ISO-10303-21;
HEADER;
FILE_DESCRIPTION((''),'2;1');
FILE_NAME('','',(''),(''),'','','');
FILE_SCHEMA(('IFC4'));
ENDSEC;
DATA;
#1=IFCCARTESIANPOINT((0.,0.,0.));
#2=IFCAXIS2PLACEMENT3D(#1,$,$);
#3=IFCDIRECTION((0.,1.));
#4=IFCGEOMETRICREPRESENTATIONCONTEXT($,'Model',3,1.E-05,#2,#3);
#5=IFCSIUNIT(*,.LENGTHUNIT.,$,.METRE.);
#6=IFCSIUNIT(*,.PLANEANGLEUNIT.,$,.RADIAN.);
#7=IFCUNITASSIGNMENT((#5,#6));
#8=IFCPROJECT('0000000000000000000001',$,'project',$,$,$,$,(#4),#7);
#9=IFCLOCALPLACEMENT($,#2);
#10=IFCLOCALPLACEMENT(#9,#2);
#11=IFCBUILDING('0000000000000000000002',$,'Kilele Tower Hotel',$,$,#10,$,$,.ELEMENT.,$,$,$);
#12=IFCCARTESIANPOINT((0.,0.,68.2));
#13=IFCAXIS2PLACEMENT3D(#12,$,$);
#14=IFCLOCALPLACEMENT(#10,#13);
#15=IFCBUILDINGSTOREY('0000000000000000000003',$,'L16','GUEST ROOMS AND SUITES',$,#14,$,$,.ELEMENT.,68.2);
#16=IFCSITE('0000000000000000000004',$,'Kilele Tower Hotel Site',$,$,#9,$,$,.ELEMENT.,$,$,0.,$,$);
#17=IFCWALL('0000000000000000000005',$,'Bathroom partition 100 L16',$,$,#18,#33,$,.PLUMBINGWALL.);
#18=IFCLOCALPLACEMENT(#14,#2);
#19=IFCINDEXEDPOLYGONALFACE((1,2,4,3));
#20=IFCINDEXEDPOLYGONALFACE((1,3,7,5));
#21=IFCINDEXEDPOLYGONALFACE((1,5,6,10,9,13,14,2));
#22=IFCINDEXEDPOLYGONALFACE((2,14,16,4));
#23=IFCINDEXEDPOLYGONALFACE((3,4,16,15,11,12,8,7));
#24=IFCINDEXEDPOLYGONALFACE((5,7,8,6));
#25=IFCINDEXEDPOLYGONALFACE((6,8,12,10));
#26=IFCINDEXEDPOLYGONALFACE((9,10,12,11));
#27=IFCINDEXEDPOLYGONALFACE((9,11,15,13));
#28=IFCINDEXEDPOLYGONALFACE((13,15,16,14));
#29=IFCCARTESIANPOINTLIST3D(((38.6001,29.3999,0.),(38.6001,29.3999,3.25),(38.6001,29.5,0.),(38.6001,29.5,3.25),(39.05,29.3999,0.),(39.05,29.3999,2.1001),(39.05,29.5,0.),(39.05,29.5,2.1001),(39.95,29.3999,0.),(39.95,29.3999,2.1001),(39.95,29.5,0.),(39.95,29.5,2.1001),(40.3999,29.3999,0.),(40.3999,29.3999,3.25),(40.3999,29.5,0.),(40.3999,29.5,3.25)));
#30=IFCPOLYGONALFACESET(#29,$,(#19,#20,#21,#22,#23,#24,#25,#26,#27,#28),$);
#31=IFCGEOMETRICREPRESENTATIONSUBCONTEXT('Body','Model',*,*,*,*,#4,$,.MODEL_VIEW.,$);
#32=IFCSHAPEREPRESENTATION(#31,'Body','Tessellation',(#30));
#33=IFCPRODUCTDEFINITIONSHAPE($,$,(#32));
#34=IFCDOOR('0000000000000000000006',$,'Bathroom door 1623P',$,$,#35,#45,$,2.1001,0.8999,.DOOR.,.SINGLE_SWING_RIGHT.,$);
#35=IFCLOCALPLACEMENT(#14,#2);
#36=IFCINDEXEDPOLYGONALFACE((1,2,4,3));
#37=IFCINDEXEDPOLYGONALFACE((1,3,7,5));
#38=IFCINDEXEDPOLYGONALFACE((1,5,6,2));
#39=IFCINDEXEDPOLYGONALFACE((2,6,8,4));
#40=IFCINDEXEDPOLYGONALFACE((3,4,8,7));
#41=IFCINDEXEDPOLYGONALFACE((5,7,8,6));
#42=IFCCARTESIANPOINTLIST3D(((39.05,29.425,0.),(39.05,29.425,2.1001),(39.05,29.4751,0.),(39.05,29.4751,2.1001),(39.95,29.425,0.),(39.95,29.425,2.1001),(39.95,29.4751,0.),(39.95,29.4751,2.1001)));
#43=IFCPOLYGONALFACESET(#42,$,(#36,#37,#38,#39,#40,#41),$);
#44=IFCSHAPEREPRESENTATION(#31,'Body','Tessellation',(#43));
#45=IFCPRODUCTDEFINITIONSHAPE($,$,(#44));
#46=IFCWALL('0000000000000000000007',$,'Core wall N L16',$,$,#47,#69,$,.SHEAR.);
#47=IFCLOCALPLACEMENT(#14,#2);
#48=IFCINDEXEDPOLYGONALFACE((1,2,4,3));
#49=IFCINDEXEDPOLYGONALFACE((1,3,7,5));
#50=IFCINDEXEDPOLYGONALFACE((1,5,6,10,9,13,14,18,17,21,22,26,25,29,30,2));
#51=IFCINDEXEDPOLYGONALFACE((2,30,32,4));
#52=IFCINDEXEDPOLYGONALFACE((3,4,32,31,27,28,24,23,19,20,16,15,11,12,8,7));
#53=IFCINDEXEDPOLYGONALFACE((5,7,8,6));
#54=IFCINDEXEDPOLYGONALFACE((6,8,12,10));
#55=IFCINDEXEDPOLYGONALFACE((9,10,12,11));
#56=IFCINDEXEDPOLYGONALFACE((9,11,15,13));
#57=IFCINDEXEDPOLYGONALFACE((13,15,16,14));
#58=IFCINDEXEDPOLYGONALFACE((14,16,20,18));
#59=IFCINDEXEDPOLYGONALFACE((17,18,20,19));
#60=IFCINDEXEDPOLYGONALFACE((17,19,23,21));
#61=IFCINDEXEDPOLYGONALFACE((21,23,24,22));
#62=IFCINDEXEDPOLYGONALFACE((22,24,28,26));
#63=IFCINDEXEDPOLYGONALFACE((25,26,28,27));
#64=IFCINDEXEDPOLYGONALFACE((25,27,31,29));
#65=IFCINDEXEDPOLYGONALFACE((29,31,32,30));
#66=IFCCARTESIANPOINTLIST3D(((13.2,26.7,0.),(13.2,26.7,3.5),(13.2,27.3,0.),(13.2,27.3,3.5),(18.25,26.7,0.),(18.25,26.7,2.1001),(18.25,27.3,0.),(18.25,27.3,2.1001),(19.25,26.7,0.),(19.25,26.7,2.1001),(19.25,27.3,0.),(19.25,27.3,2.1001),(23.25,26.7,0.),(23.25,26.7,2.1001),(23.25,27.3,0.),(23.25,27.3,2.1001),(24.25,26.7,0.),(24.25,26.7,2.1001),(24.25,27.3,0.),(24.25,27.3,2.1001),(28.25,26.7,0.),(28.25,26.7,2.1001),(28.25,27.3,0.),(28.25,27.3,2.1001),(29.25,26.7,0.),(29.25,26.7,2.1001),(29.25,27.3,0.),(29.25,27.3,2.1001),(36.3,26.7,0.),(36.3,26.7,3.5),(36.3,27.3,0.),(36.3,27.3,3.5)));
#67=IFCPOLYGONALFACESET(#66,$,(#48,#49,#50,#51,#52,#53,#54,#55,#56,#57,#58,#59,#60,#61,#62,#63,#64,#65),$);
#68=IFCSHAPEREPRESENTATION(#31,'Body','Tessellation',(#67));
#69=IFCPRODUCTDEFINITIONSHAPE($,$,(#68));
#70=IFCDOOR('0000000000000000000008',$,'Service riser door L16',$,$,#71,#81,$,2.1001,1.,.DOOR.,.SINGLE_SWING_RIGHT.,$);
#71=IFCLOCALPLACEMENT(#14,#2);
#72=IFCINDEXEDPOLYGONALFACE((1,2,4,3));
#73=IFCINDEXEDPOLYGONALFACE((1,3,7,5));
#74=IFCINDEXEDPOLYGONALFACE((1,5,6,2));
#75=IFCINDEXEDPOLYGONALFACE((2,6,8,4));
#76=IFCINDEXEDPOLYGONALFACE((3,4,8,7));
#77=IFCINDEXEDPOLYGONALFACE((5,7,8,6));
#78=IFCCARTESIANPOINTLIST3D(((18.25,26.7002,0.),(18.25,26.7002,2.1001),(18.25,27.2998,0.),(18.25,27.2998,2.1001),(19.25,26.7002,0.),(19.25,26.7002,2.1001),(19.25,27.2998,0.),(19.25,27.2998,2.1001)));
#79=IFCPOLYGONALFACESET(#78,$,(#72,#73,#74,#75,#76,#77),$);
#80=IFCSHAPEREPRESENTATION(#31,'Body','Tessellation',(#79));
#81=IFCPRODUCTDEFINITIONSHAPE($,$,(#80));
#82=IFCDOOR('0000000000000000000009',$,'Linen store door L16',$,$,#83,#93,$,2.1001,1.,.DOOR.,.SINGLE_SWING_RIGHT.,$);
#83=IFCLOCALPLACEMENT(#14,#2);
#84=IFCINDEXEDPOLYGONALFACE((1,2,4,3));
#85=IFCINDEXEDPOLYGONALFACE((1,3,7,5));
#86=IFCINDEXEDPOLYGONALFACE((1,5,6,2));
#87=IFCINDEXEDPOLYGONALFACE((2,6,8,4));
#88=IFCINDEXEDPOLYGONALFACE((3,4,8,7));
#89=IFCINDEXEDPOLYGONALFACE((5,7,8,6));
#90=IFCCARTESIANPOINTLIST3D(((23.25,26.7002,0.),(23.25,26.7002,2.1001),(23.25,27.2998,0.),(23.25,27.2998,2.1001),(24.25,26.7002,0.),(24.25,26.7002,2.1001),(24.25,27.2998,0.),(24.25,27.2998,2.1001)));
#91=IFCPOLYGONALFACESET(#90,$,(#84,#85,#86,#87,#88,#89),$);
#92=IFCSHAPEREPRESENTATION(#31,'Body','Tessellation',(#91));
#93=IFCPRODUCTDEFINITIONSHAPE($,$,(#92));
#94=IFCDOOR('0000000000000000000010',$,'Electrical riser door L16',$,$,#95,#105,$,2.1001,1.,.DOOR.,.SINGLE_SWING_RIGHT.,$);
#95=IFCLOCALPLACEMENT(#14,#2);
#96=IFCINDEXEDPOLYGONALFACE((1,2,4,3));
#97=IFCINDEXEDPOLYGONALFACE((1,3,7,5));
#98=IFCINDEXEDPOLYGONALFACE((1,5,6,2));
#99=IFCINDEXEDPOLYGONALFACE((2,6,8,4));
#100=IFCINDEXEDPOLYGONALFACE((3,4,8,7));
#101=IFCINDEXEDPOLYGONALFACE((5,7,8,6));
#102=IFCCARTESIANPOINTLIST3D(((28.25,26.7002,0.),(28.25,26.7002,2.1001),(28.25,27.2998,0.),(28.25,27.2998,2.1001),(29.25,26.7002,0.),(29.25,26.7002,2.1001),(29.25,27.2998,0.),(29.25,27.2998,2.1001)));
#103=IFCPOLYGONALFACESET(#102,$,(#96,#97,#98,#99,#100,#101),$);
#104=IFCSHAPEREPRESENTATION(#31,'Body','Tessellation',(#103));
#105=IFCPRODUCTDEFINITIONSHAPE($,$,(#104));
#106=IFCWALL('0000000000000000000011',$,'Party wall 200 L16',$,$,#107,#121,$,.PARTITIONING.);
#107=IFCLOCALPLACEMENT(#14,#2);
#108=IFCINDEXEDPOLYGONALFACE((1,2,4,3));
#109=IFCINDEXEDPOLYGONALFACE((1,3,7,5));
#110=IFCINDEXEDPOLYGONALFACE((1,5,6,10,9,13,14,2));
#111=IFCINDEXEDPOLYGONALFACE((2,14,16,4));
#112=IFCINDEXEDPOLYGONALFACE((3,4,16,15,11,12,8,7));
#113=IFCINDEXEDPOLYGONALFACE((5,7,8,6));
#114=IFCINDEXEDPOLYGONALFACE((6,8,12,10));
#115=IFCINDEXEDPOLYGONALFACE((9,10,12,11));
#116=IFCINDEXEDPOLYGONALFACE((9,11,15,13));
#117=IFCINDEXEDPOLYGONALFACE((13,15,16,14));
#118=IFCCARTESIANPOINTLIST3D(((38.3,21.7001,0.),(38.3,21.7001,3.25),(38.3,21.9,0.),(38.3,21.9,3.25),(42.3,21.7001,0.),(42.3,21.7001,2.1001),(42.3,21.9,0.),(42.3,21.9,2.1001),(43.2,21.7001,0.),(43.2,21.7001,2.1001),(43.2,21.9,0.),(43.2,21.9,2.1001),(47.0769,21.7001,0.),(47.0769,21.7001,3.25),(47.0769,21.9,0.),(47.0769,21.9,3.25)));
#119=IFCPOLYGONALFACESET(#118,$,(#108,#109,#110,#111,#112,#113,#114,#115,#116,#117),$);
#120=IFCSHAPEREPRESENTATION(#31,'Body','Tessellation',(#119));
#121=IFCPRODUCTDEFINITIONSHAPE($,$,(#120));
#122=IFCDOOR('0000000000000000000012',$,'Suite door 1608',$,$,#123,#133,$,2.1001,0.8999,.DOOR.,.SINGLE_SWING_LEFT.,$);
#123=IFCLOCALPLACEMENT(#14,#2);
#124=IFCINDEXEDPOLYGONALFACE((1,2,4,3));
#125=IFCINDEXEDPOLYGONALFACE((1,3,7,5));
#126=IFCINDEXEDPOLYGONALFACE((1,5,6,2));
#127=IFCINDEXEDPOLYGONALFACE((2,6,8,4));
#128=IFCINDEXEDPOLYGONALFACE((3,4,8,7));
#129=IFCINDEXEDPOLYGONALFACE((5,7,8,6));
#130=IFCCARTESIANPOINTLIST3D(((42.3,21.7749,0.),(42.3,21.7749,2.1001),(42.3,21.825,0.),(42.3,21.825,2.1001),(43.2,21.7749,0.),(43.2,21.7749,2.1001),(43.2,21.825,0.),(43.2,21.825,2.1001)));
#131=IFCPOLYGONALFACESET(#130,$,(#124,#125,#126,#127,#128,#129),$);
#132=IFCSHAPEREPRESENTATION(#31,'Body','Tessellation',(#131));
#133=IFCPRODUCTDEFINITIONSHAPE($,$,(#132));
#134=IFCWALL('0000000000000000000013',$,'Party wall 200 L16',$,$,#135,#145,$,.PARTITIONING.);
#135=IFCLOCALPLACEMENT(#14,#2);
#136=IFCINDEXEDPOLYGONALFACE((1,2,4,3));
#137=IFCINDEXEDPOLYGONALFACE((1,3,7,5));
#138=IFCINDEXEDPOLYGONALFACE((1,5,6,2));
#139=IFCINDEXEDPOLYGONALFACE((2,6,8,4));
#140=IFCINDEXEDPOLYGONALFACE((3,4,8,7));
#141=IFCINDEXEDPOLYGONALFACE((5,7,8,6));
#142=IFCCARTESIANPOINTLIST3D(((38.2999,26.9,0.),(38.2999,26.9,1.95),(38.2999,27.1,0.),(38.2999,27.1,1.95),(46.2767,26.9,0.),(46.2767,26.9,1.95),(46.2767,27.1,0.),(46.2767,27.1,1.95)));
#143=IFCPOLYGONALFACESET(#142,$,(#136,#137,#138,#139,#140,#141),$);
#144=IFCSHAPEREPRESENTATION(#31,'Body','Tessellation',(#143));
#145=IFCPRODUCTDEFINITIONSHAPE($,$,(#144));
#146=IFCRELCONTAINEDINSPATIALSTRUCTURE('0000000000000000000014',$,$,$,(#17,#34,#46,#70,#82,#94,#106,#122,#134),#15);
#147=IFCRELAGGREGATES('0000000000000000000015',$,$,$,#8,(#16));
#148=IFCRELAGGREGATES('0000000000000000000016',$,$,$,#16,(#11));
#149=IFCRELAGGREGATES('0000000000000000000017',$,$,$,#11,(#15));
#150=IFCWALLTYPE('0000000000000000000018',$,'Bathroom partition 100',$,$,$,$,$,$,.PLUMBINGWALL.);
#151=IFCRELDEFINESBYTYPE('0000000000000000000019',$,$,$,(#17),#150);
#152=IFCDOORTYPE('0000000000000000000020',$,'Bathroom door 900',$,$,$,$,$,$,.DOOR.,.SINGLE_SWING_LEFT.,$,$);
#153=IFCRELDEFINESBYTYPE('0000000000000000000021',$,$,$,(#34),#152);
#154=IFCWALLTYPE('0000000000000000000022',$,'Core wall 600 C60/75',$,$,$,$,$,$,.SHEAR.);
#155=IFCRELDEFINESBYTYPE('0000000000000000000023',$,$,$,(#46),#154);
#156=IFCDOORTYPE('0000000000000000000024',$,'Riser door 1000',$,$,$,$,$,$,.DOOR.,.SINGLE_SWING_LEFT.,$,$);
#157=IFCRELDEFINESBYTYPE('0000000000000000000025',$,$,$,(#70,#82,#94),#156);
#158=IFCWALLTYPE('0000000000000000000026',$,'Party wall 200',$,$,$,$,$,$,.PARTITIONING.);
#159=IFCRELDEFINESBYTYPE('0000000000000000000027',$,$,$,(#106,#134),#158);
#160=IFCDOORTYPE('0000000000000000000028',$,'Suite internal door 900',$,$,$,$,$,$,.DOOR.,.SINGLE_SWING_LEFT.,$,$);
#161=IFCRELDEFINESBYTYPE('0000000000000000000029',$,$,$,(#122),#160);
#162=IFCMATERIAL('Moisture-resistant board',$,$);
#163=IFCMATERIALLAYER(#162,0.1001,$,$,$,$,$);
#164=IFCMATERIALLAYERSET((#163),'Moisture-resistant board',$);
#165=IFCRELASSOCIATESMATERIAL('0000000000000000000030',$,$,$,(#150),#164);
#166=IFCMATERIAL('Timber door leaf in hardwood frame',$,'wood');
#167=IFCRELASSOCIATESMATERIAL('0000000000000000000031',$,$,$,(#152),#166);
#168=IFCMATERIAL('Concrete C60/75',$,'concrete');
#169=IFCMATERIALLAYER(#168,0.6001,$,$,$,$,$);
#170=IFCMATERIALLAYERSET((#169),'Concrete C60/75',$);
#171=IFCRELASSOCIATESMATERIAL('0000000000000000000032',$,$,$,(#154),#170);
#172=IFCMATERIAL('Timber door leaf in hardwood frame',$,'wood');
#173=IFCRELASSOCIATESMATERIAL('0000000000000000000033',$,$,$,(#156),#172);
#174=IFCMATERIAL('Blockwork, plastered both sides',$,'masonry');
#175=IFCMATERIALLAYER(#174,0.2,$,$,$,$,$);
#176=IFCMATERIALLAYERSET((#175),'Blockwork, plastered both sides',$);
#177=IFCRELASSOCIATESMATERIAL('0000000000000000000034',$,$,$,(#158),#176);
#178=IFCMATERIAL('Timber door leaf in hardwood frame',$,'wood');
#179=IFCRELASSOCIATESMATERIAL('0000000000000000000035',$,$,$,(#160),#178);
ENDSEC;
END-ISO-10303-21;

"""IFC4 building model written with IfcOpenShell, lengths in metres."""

from ifc_helpers import new_model, si_unit, direction, frame, frame_2d, origin, place, context, subcontext, project, spatial, rectangle, extrude, material, layer, layer_set, type_object, element, fill, save


model = new_model("IFC4")

# Units and contexts
model_context = context("Model", 3, precision=1e-05, world=origin(), true_north=direction((0.0, 1.0)))
body_context = subcontext(model_context, "Body", "Model", "MODEL_VIEW")
ifc_project = project(units=[si_unit("LENGTHUNIT", "METRE"), si_unit("PLANEANGLEUNIT", "RADIAN")], contexts=[model_context])

# Site, building, storey
site_placement = place(None, origin())
site = spatial("IfcSite", under=ifc_project, at=site_placement, Name="Kilele Tower Hotel Site", CompositionType="ELEMENT", RefElevation=0.0)
building_placement = place(site_placement, origin())
building = spatial("IfcBuilding", under=site, at=building_placement, Name="Kilele Tower Hotel", CompositionType="ELEMENT")
storey_placement = place(building_placement, frame((0.0, 0.0, 68.2)))
storey = spatial("IfcBuildingStorey", under=building, at=storey_placement, Name="L16", Description="GUEST ROOMS AND SUITES", CompositionType="ELEMENT", Elevation=68.2)

# Shared definitions
ifc_material_1 = material(Name="Moisture-resistant board")
ifc_layer_1 = layer(ifc_material_1, 0.1001)
ifc_layer_set_1 = layer_set([ifc_layer_1], Name="Moisture-resistant board")
wall_type_1 = type_object("IfcWallType", Name="Bathroom partition 100", PredefinedType="PLUMBINGWALL", material=ifc_layer_set_1)

# Shared definitions
ifc_material_2 = material(Name="Timber door leaf in hardwood frame", Category="wood")
door_type_1 = type_object("IfcDoorType", Name="Bathroom door 900", OperationType="SINGLE_SWING_LEFT", PredefinedType="DOOR", material=ifc_material_2)

# Wall, opening, door
wall_1_placement = place(storey_placement, frame((38.6001, 29.45, 0.0), z_axis=(0.0, 0.0, 1.0), x_axis=(1.0, 0.0, 0.0)))
wall_1 = element("IfcWall", 1, at=wall_1_placement, inside=storey, type_object=wall_type_1, Name="Bathroom partition 100 L16", PredefinedType="PLUMBINGWALL", context=body_context, shape_type="SweptSolid", body=[
    extrude(rectangle(XDim=1.7998, YDim=0.1001, at=frame_2d((0.8999, 0.0))), origin(), (0.0, 0.0, 1.0), 3.25),
])
opening_1_placement = place(wall_1_placement, frame((1.3499, 0.0, 0.0), z_axis=(0.0, 0.0, 1.0), x_axis=(-1.0, 0.0, 0.0)))
opening_1 = element("IfcOpeningElement", 2, at=opening_1_placement, cuts=wall_1, PredefinedType="OPENING", context=body_context, shape_type="SweptSolid", body=[
    extrude(rectangle(XDim=0.8999, YDim=2.1001, at=frame_2d((0.45, 1.05))), frame((0.0, 0.0601, 0.0), z_axis=(0.0, -1.0, 0.0), x_axis=(1.0, 0.0, 0.0)), (0.0, 0.0, 1.0), 0.1201),
])
door_1_placement = place(opening_1_placement, origin())
door_1 = element("IfcDoor", 3, at=door_1_placement, inside=storey, type_object=door_type_1, Name="Bathroom door 1623P", OperationType="SINGLE_SWING_RIGHT", OverallHeight=2.1001, OverallWidth=0.8999, PredefinedType="DOOR", context=body_context, shape_type="SweptSolid", body=[
    extrude(rectangle(XDim=0.8999, YDim=2.1001, at=frame_2d((0.45, 1.05))), frame((0.0, 0.0249, 0.0), z_axis=(0.0, -1.0, 0.0), x_axis=(1.0, 0.0, 0.0)), (0.0, 0.0, 1.0), 0.05),
])
fill(opening_1, door_1)

# Wall, openings, doors
ifc_material_3 = material(Name="Concrete C60/75", Category="concrete")
ifc_layer_2 = layer(ifc_material_3, 0.6001)
ifc_layer_set_2 = layer_set([ifc_layer_2], Name="Concrete C60/75")
wall_type_2 = type_object("IfcWallType", Name="Core wall 600 C60/75", PredefinedType="SHEAR", material=ifc_layer_set_2)
wall_2_placement = place(storey_placement, frame((36.3, 27.0, 0.0), z_axis=(0.0, 0.0, 1.0), x_axis=(-1.0, 0.0, 0.0)))
wall_2 = element("IfcWall", 4, at=wall_2_placement, inside=storey, type_object=wall_type_2, Name="Core wall N L16", PredefinedType="SHEAR", context=body_context, shape_type="SweptSolid", body=[
    extrude(rectangle(XDim=23.1001, YDim=0.6001, at=frame_2d((11.55, 0.0))), origin(), (0.0, 0.0, 1.0), 3.5),
])
opening_2_placement = place(wall_2_placement, frame((17.05, 0.0, 0.0)))
opening_2 = element("IfcOpeningElement", 5, at=opening_2_placement, cuts=wall_2, PredefinedType="OPENING", context=body_context, shape_type="SweptSolid", body=[
    extrude(rectangle(XDim=1.0, YDim=2.1001, at=frame_2d((0.5, 1.05))), frame((0.0, 0.3101, 0.0), z_axis=(0.0, -1.0, 0.0), x_axis=(1.0, 0.0, 0.0)), (0.0, 0.0, 1.0), 0.6201),
])
opening_3_placement = place(wall_2_placement, frame((12.05, 0.0, 0.0)))
opening_3 = element("IfcOpeningElement", 6, at=opening_3_placement, cuts=wall_2, PredefinedType="OPENING", context=body_context, shape_type="SweptSolid", body=[
    extrude(rectangle(XDim=1.0, YDim=2.1001, at=frame_2d((0.5, 1.05))), frame((0.0, 0.3101, 0.0), z_axis=(0.0, -1.0, 0.0), x_axis=(1.0, 0.0, 0.0)), (0.0, 0.0, 1.0), 0.6201),
])
opening_4_placement = place(wall_2_placement, frame((7.05, 0.0, 0.0)))
opening_4 = element("IfcOpeningElement", 7, at=opening_4_placement, cuts=wall_2, PredefinedType="OPENING", context=body_context, shape_type="SweptSolid", body=[
    extrude(rectangle(XDim=1.0, YDim=2.1001, at=frame_2d((0.5, 1.05))), frame((0.0, 0.3101, 0.0), z_axis=(0.0, -1.0, 0.0), x_axis=(1.0, 0.0, 0.0)), (0.0, 0.0, 1.0), 0.6201),
])
ifc_material_4 = material(Name="Timber door leaf in hardwood frame", Category="wood")
door_type_2 = type_object("IfcDoorType", Name="Riser door 1000", OperationType="SINGLE_SWING_LEFT", PredefinedType="DOOR", material=ifc_material_4)
door_2_placement = place(opening_2_placement, origin())
door_2 = element("IfcDoor", 8, at=door_2_placement, inside=storey, type_object=door_type_2, Name="Service riser door L16", OperationType="SINGLE_SWING_RIGHT", OverallHeight=2.1001, OverallWidth=1.0, PredefinedType="DOOR", context=body_context, shape_type="SweptSolid", body=[
    extrude(rectangle(XDim=1.0, YDim=2.1001, at=frame_2d((0.5, 1.05))), frame((0.0, 0.2998, 0.0), z_axis=(0.0, -1.0, 0.0), x_axis=(1.0, 0.0, 0.0)), (0.0, 0.0, 1.0), 0.5996),
])
fill(opening_2, door_2)
door_3_placement = place(opening_3_placement, origin())
door_3 = element("IfcDoor", 9, at=door_3_placement, inside=storey, type_object=door_type_2, Name="Linen store door L16", OperationType="SINGLE_SWING_RIGHT", OverallHeight=2.1001, OverallWidth=1.0, PredefinedType="DOOR", context=body_context, shape_type="SweptSolid", body=[
    extrude(rectangle(XDim=1.0, YDim=2.1001, at=frame_2d((0.5, 1.05))), frame((0.0, 0.2998, 0.0), z_axis=(0.0, -1.0, 0.0), x_axis=(1.0, 0.0, 0.0)), (0.0, 0.0, 1.0), 0.5996),
])
fill(opening_3, door_3)
door_4_placement = place(opening_4_placement, origin())
door_4 = element("IfcDoor", 10, at=door_4_placement, inside=storey, type_object=door_type_2, Name="Electrical riser door L16", OperationType="SINGLE_SWING_RIGHT", OverallHeight=2.1001, OverallWidth=1.0, PredefinedType="DOOR", context=body_context, shape_type="SweptSolid", body=[
    extrude(rectangle(XDim=1.0, YDim=2.1001, at=frame_2d((0.5, 1.05))), frame((0.0, 0.2998, 0.0), z_axis=(0.0, -1.0, 0.0), x_axis=(1.0, 0.0, 0.0)), (0.0, 0.0, 1.0), 0.5996),
])
fill(opening_4, door_4)

# Wall, opening, door
ifc_material_5 = material(Name="Blockwork, plastered both sides", Category="masonry")
ifc_layer_3 = layer(ifc_material_5, 0.2)
ifc_layer_set_3 = layer_set([ifc_layer_3], Name="Blockwork, plastered both sides")
wall_type_3 = type_object("IfcWallType", Name="Party wall 200", PredefinedType="PARTITIONING", material=ifc_layer_set_3)
wall_3_placement = place(storey_placement, frame((38.3, 21.8, 0.0), z_axis=(0.0, 0.0, 1.0), x_axis=(1.0, 0.0, 0.0)))
wall_3 = element("IfcWall", 11, at=wall_3_placement, inside=storey, type_object=wall_type_3, Name="Party wall 200 L16", PredefinedType="PARTITIONING", context=body_context, shape_type="SweptSolid", body=[
    extrude(rectangle(XDim=8.7769, YDim=0.2, at=frame_2d((4.3884, 0.0))), origin(), (0.0, 0.0, 1.0), 3.25),
])
opening_5_placement = place(wall_3_placement, frame((4.0, 0.0, 0.0)))
opening_5 = element("IfcOpeningElement", 12, at=opening_5_placement, cuts=wall_3, PredefinedType="OPENING", context=body_context, shape_type="SweptSolid", body=[
    extrude(rectangle(XDim=0.8999, YDim=2.1001, at=frame_2d((0.45, 1.05))), frame((0.0, 0.1099, 0.0), z_axis=(0.0, -1.0, 0.0), x_axis=(1.0, 0.0, 0.0)), (0.0, 0.0, 1.0), 0.22),
])
ifc_material_6 = material(Name="Timber door leaf in hardwood frame", Category="wood")
door_type_3 = type_object("IfcDoorType", Name="Suite internal door 900", OperationType="SINGLE_SWING_LEFT", PredefinedType="DOOR", material=ifc_material_6)
door_5_placement = place(opening_5_placement, origin())
door_5 = element("IfcDoor", 13, at=door_5_placement, inside=storey, type_object=door_type_3, Name="Suite door 1608", OperationType="SINGLE_SWING_LEFT", OverallHeight=2.1001, OverallWidth=0.8999, PredefinedType="DOOR", context=body_context, shape_type="SweptSolid", body=[
    extrude(rectangle(XDim=0.8999, YDim=2.1001, at=frame_2d((0.45, 1.05))), frame((0.0, 0.0249, 0.0), z_axis=(0.0, -1.0, 0.0), x_axis=(1.0, 0.0, 0.0)), (0.0, 0.0, 1.0), 0.05),
])
fill(opening_5, door_5)

# Wall
wall_4_placement = place(storey_placement, frame((38.3, 27.0, 0.0), z_axis=(0.0, 0.0, 1.0), x_axis=(1.0, 0.0, 0.0)))
element("IfcWall", 14, at=wall_4_placement, inside=storey, type_object=wall_type_3, Name="Party wall 200 L16", PredefinedType="PARTITIONING", context=body_context, shape_type="SweptSolid", body=[
    extrude(rectangle(XDim=7.9768, YDim=0.2, at=frame_2d((3.9883, 0.0))), origin(), (0.0, 0.0, 1.0), 1.95),
])

save(model, "model.ifc")
